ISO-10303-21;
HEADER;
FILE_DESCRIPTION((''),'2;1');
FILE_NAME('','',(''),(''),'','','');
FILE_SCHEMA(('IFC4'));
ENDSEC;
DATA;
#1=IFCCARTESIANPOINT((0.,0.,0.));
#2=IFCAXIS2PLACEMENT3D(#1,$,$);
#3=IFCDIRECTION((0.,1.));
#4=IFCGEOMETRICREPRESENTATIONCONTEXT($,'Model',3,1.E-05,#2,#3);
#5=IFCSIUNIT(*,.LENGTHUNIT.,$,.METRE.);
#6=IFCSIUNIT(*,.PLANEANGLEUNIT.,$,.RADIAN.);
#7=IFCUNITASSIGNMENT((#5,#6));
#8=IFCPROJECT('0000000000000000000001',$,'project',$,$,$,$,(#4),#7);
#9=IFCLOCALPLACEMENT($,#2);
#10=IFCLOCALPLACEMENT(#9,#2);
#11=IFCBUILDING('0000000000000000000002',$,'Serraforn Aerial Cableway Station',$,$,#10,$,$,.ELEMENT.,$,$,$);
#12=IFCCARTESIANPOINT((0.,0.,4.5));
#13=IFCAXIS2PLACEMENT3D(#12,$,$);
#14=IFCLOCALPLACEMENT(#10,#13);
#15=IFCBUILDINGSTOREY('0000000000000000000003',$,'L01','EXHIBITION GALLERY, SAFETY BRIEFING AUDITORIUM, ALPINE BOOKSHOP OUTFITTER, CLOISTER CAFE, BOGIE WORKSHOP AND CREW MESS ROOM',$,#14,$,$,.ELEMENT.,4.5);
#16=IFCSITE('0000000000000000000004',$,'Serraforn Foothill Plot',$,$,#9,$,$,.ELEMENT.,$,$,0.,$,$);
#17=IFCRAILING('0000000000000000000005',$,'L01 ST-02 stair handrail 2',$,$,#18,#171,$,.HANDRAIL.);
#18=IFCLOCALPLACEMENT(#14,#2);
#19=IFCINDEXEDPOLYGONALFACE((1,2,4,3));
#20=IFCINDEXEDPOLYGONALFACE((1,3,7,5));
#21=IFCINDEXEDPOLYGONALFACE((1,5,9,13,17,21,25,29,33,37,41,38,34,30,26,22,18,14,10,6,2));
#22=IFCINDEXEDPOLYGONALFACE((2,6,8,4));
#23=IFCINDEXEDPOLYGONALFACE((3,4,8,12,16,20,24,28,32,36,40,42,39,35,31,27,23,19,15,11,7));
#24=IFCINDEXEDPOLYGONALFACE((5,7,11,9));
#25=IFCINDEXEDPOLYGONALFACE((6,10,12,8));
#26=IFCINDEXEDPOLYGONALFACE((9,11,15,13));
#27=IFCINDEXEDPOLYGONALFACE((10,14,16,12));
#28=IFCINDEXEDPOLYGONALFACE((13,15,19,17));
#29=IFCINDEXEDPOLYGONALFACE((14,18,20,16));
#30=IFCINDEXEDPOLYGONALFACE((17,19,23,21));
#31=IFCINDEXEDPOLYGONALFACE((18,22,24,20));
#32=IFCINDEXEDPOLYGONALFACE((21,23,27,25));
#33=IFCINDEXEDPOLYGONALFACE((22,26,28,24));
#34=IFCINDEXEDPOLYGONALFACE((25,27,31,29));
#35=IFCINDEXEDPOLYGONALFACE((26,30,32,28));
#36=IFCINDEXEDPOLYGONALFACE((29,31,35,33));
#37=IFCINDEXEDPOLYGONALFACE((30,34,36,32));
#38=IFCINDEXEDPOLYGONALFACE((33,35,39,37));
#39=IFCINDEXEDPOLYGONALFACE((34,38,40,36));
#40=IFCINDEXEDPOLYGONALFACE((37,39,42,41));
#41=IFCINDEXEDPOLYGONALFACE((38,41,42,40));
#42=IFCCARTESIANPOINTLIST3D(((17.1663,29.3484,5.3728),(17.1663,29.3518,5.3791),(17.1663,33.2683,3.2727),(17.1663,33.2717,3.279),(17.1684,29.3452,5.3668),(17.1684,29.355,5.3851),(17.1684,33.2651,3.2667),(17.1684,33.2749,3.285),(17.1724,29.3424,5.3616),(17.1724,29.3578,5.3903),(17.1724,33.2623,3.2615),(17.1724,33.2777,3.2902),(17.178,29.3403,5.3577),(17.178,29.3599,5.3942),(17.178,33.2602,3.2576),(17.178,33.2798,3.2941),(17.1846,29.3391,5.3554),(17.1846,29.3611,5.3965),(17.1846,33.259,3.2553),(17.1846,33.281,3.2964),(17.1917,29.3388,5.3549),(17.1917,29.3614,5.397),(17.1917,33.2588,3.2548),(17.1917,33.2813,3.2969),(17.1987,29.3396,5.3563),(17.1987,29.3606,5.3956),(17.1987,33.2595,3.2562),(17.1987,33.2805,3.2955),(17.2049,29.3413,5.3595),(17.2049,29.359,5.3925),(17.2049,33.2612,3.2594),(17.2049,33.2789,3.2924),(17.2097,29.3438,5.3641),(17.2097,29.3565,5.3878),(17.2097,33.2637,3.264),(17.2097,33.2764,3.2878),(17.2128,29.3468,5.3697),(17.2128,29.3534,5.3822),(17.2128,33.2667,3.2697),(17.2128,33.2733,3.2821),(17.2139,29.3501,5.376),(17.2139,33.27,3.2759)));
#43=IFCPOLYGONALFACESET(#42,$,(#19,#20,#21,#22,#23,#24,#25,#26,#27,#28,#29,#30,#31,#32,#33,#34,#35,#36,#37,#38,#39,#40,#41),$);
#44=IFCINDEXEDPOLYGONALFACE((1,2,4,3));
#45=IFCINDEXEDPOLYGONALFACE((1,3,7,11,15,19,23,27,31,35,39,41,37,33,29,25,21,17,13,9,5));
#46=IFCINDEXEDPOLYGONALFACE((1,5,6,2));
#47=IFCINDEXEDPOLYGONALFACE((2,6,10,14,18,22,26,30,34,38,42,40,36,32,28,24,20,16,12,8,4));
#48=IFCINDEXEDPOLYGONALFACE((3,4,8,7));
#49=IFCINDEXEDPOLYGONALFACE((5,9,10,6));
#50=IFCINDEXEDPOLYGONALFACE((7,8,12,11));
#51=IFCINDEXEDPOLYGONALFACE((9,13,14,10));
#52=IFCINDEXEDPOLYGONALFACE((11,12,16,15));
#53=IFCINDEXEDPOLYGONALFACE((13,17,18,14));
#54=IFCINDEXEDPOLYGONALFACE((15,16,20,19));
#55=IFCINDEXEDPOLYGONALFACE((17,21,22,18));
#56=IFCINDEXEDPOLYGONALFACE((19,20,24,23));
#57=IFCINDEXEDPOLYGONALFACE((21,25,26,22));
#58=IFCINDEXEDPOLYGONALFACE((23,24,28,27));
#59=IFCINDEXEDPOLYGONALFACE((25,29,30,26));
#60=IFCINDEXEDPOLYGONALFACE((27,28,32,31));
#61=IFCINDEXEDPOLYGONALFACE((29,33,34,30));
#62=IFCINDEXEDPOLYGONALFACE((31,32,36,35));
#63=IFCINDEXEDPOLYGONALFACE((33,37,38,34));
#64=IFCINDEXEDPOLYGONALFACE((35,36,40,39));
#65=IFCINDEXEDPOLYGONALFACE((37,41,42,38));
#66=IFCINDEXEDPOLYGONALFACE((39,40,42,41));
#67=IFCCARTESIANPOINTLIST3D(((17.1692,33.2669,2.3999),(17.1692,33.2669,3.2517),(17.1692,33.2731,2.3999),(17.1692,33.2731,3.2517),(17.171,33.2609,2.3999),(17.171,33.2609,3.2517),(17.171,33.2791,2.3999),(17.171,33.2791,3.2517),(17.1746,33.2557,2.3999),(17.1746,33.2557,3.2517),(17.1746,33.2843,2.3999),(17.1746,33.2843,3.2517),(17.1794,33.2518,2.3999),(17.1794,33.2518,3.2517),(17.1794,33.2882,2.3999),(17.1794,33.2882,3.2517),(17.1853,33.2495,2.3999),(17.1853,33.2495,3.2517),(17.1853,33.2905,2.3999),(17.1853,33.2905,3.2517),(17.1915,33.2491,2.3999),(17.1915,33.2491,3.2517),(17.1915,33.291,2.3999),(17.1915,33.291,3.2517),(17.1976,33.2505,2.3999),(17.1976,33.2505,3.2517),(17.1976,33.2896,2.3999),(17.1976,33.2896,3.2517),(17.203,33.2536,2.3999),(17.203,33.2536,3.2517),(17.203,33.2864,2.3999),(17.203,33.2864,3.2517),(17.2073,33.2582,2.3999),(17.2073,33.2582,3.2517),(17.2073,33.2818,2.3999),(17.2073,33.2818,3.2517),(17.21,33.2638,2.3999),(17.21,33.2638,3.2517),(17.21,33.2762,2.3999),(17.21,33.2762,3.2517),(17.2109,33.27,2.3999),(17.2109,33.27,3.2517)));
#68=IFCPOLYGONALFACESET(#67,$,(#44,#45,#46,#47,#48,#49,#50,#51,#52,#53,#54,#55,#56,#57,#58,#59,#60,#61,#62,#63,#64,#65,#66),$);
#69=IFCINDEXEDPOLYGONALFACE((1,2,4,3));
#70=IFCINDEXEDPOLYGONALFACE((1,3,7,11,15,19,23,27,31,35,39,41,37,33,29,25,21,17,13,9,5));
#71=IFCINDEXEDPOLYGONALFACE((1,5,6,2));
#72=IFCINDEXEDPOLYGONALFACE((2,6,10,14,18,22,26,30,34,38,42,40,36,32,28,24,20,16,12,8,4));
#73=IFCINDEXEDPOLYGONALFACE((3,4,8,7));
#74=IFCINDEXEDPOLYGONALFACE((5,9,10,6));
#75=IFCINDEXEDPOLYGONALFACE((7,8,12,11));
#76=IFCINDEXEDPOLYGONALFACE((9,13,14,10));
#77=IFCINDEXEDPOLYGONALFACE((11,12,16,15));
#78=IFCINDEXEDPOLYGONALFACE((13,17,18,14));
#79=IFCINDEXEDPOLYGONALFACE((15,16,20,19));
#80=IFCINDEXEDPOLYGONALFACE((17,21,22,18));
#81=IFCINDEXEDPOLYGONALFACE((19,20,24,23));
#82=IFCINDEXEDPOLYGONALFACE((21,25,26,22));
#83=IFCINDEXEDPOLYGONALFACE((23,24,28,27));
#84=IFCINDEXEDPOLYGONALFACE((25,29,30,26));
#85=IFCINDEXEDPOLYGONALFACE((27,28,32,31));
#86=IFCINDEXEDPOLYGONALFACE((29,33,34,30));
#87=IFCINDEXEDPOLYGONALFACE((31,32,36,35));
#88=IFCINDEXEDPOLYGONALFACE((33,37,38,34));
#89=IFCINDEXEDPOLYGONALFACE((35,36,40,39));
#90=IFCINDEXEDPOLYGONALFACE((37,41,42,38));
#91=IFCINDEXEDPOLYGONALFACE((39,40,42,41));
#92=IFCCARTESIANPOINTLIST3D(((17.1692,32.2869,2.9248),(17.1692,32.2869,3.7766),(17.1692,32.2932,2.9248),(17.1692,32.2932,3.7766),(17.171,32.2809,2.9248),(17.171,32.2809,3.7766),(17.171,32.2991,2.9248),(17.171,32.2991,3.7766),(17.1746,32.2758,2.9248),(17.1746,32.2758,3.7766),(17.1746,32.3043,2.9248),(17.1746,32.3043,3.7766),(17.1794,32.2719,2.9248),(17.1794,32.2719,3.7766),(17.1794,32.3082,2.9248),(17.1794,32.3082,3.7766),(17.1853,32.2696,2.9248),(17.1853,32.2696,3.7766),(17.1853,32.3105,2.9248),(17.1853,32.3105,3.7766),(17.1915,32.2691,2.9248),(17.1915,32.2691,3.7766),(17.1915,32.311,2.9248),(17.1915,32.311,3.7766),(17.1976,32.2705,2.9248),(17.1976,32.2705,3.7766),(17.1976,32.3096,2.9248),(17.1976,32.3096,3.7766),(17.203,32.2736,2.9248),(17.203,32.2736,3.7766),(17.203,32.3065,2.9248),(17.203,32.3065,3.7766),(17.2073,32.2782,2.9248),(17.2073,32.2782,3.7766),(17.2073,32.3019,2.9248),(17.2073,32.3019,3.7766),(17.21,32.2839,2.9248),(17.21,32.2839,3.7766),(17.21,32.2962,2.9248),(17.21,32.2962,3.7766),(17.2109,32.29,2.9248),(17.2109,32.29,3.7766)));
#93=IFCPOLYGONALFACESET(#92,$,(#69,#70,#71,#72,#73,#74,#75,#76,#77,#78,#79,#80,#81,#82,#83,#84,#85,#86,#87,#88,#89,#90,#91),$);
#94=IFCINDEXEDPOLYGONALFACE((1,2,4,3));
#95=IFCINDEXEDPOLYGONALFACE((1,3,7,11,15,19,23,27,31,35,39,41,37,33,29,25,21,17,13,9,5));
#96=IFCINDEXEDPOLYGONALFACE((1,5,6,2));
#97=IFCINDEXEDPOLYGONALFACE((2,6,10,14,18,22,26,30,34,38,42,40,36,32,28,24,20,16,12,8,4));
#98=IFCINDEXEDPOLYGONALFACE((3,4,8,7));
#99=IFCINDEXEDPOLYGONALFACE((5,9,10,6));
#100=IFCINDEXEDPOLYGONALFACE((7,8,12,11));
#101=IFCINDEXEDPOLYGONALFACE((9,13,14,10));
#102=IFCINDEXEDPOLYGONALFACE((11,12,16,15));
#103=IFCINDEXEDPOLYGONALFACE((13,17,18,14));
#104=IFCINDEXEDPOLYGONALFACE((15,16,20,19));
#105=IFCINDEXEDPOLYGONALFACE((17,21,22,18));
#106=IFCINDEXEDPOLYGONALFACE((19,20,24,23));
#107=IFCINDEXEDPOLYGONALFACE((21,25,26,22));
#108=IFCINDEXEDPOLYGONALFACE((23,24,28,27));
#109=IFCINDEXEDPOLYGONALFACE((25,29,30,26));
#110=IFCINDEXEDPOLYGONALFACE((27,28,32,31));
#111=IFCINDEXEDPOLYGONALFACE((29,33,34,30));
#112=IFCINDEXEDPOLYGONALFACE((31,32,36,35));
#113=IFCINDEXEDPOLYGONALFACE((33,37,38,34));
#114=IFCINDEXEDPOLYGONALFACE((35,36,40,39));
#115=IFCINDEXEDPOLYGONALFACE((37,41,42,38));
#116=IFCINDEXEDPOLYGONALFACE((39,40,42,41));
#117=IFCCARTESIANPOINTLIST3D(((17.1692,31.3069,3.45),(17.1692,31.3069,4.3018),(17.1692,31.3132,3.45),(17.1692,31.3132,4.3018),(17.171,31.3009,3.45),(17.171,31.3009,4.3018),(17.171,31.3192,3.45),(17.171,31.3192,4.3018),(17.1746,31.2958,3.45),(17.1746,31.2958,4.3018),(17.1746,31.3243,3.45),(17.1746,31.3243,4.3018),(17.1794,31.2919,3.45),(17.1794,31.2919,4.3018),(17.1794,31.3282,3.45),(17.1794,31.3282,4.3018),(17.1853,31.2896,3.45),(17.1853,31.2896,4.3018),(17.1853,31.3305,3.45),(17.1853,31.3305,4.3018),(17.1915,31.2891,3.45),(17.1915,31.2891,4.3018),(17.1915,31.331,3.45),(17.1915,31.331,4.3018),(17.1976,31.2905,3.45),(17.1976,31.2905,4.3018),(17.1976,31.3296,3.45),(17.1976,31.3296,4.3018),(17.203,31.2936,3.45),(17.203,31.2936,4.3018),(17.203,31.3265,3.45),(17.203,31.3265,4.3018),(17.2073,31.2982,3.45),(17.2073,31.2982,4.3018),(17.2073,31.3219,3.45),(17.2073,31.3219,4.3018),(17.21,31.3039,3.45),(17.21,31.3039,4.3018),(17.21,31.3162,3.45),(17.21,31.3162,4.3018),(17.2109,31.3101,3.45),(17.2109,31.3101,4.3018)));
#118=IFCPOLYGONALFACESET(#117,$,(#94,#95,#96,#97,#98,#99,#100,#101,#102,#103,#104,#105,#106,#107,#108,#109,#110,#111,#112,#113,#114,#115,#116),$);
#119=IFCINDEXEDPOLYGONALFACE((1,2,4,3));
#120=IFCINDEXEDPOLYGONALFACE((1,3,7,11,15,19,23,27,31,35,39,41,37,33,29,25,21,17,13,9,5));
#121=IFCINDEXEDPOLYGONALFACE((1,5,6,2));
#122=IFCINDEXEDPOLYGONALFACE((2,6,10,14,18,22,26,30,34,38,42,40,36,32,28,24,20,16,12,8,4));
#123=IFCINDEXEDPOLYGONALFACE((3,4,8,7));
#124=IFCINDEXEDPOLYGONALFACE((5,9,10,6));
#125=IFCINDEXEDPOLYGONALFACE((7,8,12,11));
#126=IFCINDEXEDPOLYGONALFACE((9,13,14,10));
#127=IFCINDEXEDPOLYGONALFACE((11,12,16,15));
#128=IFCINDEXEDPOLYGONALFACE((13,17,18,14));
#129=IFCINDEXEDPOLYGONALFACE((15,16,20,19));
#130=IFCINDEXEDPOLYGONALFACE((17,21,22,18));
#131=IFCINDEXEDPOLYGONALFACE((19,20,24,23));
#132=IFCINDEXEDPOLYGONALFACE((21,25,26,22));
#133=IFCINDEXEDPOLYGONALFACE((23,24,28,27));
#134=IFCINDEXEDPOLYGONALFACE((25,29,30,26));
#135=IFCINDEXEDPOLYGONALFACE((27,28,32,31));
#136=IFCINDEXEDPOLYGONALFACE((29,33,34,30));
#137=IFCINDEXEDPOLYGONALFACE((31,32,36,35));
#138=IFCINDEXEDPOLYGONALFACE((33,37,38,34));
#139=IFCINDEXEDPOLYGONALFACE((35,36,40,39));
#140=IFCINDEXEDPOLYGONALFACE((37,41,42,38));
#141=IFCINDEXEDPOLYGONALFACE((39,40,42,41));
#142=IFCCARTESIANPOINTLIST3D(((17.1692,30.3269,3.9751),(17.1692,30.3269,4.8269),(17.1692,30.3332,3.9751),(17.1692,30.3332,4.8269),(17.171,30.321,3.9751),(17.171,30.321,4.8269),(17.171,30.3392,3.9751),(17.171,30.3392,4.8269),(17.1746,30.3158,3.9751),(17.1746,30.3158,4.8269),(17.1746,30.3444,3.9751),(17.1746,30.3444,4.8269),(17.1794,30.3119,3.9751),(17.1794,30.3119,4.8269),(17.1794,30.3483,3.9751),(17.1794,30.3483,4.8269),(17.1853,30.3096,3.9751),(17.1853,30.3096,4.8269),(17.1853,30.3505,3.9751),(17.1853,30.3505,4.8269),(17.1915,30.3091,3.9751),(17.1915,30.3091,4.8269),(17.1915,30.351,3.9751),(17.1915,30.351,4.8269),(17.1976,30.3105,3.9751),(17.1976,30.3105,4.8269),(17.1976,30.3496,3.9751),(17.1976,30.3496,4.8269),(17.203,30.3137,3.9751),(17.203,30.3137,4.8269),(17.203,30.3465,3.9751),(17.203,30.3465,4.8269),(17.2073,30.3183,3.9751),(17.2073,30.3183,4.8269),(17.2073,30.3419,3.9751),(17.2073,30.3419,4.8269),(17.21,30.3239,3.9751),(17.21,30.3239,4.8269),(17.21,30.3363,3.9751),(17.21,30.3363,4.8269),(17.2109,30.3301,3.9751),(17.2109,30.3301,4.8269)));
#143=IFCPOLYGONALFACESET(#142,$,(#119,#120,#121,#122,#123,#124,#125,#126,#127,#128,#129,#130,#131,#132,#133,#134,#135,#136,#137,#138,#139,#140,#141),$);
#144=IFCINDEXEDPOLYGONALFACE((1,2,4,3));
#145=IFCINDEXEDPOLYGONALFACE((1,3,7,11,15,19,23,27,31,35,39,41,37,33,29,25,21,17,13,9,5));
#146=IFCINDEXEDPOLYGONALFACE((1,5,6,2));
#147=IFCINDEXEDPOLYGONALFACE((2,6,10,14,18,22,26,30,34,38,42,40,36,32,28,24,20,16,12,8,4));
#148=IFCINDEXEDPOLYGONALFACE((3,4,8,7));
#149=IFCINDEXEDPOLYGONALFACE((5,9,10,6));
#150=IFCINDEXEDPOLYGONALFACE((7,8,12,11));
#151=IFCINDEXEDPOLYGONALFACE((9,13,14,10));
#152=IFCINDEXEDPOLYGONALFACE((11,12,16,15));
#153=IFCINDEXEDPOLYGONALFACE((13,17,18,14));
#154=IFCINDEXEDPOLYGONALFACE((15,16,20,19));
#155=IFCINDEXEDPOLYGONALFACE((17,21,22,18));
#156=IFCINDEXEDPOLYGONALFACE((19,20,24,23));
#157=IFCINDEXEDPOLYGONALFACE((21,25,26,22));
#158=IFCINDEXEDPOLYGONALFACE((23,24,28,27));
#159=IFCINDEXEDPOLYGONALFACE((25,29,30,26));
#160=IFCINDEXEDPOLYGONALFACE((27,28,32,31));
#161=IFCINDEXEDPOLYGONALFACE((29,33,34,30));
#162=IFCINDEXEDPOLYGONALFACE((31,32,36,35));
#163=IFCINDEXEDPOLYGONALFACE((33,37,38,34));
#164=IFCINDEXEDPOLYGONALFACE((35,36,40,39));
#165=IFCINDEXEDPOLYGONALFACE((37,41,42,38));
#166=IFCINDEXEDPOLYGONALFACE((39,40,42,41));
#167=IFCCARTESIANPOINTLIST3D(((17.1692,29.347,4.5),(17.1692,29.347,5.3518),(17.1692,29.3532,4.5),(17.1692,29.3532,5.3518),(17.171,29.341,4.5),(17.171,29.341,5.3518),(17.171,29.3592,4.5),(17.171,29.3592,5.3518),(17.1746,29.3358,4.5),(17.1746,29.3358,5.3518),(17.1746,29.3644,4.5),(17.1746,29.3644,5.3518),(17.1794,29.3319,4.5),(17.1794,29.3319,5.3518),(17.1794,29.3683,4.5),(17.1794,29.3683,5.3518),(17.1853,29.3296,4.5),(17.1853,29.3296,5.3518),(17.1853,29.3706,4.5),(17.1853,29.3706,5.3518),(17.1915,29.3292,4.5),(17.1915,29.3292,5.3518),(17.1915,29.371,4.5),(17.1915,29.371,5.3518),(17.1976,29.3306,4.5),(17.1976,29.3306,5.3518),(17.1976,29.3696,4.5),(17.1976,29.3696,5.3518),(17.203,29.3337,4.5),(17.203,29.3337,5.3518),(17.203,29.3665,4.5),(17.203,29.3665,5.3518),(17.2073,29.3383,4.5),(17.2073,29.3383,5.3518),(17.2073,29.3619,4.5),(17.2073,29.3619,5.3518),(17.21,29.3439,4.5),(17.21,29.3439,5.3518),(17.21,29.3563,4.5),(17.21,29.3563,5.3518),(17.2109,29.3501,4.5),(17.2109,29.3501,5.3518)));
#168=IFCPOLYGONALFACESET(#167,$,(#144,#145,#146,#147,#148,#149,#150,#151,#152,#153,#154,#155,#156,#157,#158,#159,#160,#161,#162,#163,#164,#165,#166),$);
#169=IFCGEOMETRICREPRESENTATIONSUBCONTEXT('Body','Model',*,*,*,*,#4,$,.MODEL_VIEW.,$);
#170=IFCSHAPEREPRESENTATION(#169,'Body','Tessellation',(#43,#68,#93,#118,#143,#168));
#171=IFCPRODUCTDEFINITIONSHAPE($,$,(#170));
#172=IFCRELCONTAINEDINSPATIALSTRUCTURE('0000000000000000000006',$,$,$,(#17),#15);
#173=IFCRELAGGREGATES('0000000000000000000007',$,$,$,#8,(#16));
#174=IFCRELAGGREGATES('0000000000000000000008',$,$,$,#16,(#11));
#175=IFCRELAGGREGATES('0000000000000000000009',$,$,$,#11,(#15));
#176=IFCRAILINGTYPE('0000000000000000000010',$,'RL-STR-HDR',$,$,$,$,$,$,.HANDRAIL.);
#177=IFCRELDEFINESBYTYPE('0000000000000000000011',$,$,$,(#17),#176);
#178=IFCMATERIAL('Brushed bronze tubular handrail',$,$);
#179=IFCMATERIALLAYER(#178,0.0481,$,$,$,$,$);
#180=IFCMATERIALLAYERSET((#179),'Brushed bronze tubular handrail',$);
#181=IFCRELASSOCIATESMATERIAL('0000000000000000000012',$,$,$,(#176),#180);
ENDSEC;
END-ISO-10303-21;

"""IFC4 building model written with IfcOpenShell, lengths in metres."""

from ifc_helpers import new_model, si_unit, direction, frame, origin, origin_2d, place, context, subcontext, project, spatial, circle, extrude, material, layer, layer_set, type_object, element, save


model = new_model("IFC4")

# Units and contexts
model_context = context("Model", 3, precision=1e-05, world=origin(), true_north=direction((0.0, 1.0)))
body_context = subcontext(model_context, "Body", "Model", "MODEL_VIEW")
ifc_project = project(units=[si_unit("LENGTHUNIT", "METRE"), si_unit("PLANEANGLEUNIT", "RADIAN")], contexts=[model_context])

# Site, building, storey
site_placement = place(None, origin())
site = spatial("IfcSite", under=ifc_project, at=site_placement, Name="Serraforn Foothill Plot", CompositionType="ELEMENT", RefElevation=0.0)
building_placement = place(site_placement, origin())
building = spatial("IfcBuilding", under=site, at=building_placement, Name="Serraforn Aerial Cableway Station", CompositionType="ELEMENT")
storey_placement = place(building_placement, frame((0.0, 0.0, 4.5)))
storey = spatial("IfcBuildingStorey", under=building, at=storey_placement, Name="L01", Description="EXHIBITION GALLERY, SAFETY BRIEFING AUDITORIUM, ALPINE BOOKSHOP OUTFITTER, CLOISTER CAFE, BOGIE WORKSHOP AND CREW MESS ROOM", CompositionType="ELEMENT", Elevation=4.5)

# Railing
ifc_material_1 = material(Name="Brushed bronze tubular handrail")
ifc_layer_1 = layer(ifc_material_1, 0.0481)
ifc_layer_set_1 = layer_set([ifc_layer_1], Name="Brushed bronze tubular handrail")
railing_type_1 = type_object("IfcRailingType", Name="RL-STR-HDR", PredefinedType="HANDRAIL", material=ifc_layer_set_1)
for number, where, name in (
    (1, (17.1899, 33.27, 2.3999), "L01 ST-02 stair handrail 2"),
):
    element("IfcRailing", number, at=place(storey_placement, frame(where)), inside=storey, type_object=railing_type_1, Name=name, PredefinedType="HANDRAIL", context=body_context, shape_type="SweptSolid", body=[
        extrude(circle(Radius=0.0239, at=origin_2d()), frame((0.0, 0.0, 0.876), z_axis=(0.0, -0.881467, 0.472246), x_axis=(1.0, 0.0, 0.0)), (0.0, 0.0, 1.0), 4.447),
        extrude(circle(Radius=0.021, at=origin_2d()), origin(), (0.0, 0.0, 1.0), 0.8518),
        extrude(circle(Radius=0.021, at=origin_2d()), frame((0.0, -0.98, 0.5249)), (0.0, 0.0, 1.0), 0.8518),
        extrude(circle(Radius=0.021, at=origin_2d()), frame((0.0, -1.96, 1.05)), (0.0, 0.0, 1.0), 0.8518),
        extrude(circle(Radius=0.021, at=origin_2d()), frame((0.0, -2.9399, 1.5752)), (0.0, 0.0, 1.0), 0.8518),
        extrude(circle(Radius=0.021, at=origin_2d()), frame((0.0, -3.9199, 2.1001)), (0.0, 0.0, 1.0), 0.8518),
    ])

save(model, "model.ifc")
